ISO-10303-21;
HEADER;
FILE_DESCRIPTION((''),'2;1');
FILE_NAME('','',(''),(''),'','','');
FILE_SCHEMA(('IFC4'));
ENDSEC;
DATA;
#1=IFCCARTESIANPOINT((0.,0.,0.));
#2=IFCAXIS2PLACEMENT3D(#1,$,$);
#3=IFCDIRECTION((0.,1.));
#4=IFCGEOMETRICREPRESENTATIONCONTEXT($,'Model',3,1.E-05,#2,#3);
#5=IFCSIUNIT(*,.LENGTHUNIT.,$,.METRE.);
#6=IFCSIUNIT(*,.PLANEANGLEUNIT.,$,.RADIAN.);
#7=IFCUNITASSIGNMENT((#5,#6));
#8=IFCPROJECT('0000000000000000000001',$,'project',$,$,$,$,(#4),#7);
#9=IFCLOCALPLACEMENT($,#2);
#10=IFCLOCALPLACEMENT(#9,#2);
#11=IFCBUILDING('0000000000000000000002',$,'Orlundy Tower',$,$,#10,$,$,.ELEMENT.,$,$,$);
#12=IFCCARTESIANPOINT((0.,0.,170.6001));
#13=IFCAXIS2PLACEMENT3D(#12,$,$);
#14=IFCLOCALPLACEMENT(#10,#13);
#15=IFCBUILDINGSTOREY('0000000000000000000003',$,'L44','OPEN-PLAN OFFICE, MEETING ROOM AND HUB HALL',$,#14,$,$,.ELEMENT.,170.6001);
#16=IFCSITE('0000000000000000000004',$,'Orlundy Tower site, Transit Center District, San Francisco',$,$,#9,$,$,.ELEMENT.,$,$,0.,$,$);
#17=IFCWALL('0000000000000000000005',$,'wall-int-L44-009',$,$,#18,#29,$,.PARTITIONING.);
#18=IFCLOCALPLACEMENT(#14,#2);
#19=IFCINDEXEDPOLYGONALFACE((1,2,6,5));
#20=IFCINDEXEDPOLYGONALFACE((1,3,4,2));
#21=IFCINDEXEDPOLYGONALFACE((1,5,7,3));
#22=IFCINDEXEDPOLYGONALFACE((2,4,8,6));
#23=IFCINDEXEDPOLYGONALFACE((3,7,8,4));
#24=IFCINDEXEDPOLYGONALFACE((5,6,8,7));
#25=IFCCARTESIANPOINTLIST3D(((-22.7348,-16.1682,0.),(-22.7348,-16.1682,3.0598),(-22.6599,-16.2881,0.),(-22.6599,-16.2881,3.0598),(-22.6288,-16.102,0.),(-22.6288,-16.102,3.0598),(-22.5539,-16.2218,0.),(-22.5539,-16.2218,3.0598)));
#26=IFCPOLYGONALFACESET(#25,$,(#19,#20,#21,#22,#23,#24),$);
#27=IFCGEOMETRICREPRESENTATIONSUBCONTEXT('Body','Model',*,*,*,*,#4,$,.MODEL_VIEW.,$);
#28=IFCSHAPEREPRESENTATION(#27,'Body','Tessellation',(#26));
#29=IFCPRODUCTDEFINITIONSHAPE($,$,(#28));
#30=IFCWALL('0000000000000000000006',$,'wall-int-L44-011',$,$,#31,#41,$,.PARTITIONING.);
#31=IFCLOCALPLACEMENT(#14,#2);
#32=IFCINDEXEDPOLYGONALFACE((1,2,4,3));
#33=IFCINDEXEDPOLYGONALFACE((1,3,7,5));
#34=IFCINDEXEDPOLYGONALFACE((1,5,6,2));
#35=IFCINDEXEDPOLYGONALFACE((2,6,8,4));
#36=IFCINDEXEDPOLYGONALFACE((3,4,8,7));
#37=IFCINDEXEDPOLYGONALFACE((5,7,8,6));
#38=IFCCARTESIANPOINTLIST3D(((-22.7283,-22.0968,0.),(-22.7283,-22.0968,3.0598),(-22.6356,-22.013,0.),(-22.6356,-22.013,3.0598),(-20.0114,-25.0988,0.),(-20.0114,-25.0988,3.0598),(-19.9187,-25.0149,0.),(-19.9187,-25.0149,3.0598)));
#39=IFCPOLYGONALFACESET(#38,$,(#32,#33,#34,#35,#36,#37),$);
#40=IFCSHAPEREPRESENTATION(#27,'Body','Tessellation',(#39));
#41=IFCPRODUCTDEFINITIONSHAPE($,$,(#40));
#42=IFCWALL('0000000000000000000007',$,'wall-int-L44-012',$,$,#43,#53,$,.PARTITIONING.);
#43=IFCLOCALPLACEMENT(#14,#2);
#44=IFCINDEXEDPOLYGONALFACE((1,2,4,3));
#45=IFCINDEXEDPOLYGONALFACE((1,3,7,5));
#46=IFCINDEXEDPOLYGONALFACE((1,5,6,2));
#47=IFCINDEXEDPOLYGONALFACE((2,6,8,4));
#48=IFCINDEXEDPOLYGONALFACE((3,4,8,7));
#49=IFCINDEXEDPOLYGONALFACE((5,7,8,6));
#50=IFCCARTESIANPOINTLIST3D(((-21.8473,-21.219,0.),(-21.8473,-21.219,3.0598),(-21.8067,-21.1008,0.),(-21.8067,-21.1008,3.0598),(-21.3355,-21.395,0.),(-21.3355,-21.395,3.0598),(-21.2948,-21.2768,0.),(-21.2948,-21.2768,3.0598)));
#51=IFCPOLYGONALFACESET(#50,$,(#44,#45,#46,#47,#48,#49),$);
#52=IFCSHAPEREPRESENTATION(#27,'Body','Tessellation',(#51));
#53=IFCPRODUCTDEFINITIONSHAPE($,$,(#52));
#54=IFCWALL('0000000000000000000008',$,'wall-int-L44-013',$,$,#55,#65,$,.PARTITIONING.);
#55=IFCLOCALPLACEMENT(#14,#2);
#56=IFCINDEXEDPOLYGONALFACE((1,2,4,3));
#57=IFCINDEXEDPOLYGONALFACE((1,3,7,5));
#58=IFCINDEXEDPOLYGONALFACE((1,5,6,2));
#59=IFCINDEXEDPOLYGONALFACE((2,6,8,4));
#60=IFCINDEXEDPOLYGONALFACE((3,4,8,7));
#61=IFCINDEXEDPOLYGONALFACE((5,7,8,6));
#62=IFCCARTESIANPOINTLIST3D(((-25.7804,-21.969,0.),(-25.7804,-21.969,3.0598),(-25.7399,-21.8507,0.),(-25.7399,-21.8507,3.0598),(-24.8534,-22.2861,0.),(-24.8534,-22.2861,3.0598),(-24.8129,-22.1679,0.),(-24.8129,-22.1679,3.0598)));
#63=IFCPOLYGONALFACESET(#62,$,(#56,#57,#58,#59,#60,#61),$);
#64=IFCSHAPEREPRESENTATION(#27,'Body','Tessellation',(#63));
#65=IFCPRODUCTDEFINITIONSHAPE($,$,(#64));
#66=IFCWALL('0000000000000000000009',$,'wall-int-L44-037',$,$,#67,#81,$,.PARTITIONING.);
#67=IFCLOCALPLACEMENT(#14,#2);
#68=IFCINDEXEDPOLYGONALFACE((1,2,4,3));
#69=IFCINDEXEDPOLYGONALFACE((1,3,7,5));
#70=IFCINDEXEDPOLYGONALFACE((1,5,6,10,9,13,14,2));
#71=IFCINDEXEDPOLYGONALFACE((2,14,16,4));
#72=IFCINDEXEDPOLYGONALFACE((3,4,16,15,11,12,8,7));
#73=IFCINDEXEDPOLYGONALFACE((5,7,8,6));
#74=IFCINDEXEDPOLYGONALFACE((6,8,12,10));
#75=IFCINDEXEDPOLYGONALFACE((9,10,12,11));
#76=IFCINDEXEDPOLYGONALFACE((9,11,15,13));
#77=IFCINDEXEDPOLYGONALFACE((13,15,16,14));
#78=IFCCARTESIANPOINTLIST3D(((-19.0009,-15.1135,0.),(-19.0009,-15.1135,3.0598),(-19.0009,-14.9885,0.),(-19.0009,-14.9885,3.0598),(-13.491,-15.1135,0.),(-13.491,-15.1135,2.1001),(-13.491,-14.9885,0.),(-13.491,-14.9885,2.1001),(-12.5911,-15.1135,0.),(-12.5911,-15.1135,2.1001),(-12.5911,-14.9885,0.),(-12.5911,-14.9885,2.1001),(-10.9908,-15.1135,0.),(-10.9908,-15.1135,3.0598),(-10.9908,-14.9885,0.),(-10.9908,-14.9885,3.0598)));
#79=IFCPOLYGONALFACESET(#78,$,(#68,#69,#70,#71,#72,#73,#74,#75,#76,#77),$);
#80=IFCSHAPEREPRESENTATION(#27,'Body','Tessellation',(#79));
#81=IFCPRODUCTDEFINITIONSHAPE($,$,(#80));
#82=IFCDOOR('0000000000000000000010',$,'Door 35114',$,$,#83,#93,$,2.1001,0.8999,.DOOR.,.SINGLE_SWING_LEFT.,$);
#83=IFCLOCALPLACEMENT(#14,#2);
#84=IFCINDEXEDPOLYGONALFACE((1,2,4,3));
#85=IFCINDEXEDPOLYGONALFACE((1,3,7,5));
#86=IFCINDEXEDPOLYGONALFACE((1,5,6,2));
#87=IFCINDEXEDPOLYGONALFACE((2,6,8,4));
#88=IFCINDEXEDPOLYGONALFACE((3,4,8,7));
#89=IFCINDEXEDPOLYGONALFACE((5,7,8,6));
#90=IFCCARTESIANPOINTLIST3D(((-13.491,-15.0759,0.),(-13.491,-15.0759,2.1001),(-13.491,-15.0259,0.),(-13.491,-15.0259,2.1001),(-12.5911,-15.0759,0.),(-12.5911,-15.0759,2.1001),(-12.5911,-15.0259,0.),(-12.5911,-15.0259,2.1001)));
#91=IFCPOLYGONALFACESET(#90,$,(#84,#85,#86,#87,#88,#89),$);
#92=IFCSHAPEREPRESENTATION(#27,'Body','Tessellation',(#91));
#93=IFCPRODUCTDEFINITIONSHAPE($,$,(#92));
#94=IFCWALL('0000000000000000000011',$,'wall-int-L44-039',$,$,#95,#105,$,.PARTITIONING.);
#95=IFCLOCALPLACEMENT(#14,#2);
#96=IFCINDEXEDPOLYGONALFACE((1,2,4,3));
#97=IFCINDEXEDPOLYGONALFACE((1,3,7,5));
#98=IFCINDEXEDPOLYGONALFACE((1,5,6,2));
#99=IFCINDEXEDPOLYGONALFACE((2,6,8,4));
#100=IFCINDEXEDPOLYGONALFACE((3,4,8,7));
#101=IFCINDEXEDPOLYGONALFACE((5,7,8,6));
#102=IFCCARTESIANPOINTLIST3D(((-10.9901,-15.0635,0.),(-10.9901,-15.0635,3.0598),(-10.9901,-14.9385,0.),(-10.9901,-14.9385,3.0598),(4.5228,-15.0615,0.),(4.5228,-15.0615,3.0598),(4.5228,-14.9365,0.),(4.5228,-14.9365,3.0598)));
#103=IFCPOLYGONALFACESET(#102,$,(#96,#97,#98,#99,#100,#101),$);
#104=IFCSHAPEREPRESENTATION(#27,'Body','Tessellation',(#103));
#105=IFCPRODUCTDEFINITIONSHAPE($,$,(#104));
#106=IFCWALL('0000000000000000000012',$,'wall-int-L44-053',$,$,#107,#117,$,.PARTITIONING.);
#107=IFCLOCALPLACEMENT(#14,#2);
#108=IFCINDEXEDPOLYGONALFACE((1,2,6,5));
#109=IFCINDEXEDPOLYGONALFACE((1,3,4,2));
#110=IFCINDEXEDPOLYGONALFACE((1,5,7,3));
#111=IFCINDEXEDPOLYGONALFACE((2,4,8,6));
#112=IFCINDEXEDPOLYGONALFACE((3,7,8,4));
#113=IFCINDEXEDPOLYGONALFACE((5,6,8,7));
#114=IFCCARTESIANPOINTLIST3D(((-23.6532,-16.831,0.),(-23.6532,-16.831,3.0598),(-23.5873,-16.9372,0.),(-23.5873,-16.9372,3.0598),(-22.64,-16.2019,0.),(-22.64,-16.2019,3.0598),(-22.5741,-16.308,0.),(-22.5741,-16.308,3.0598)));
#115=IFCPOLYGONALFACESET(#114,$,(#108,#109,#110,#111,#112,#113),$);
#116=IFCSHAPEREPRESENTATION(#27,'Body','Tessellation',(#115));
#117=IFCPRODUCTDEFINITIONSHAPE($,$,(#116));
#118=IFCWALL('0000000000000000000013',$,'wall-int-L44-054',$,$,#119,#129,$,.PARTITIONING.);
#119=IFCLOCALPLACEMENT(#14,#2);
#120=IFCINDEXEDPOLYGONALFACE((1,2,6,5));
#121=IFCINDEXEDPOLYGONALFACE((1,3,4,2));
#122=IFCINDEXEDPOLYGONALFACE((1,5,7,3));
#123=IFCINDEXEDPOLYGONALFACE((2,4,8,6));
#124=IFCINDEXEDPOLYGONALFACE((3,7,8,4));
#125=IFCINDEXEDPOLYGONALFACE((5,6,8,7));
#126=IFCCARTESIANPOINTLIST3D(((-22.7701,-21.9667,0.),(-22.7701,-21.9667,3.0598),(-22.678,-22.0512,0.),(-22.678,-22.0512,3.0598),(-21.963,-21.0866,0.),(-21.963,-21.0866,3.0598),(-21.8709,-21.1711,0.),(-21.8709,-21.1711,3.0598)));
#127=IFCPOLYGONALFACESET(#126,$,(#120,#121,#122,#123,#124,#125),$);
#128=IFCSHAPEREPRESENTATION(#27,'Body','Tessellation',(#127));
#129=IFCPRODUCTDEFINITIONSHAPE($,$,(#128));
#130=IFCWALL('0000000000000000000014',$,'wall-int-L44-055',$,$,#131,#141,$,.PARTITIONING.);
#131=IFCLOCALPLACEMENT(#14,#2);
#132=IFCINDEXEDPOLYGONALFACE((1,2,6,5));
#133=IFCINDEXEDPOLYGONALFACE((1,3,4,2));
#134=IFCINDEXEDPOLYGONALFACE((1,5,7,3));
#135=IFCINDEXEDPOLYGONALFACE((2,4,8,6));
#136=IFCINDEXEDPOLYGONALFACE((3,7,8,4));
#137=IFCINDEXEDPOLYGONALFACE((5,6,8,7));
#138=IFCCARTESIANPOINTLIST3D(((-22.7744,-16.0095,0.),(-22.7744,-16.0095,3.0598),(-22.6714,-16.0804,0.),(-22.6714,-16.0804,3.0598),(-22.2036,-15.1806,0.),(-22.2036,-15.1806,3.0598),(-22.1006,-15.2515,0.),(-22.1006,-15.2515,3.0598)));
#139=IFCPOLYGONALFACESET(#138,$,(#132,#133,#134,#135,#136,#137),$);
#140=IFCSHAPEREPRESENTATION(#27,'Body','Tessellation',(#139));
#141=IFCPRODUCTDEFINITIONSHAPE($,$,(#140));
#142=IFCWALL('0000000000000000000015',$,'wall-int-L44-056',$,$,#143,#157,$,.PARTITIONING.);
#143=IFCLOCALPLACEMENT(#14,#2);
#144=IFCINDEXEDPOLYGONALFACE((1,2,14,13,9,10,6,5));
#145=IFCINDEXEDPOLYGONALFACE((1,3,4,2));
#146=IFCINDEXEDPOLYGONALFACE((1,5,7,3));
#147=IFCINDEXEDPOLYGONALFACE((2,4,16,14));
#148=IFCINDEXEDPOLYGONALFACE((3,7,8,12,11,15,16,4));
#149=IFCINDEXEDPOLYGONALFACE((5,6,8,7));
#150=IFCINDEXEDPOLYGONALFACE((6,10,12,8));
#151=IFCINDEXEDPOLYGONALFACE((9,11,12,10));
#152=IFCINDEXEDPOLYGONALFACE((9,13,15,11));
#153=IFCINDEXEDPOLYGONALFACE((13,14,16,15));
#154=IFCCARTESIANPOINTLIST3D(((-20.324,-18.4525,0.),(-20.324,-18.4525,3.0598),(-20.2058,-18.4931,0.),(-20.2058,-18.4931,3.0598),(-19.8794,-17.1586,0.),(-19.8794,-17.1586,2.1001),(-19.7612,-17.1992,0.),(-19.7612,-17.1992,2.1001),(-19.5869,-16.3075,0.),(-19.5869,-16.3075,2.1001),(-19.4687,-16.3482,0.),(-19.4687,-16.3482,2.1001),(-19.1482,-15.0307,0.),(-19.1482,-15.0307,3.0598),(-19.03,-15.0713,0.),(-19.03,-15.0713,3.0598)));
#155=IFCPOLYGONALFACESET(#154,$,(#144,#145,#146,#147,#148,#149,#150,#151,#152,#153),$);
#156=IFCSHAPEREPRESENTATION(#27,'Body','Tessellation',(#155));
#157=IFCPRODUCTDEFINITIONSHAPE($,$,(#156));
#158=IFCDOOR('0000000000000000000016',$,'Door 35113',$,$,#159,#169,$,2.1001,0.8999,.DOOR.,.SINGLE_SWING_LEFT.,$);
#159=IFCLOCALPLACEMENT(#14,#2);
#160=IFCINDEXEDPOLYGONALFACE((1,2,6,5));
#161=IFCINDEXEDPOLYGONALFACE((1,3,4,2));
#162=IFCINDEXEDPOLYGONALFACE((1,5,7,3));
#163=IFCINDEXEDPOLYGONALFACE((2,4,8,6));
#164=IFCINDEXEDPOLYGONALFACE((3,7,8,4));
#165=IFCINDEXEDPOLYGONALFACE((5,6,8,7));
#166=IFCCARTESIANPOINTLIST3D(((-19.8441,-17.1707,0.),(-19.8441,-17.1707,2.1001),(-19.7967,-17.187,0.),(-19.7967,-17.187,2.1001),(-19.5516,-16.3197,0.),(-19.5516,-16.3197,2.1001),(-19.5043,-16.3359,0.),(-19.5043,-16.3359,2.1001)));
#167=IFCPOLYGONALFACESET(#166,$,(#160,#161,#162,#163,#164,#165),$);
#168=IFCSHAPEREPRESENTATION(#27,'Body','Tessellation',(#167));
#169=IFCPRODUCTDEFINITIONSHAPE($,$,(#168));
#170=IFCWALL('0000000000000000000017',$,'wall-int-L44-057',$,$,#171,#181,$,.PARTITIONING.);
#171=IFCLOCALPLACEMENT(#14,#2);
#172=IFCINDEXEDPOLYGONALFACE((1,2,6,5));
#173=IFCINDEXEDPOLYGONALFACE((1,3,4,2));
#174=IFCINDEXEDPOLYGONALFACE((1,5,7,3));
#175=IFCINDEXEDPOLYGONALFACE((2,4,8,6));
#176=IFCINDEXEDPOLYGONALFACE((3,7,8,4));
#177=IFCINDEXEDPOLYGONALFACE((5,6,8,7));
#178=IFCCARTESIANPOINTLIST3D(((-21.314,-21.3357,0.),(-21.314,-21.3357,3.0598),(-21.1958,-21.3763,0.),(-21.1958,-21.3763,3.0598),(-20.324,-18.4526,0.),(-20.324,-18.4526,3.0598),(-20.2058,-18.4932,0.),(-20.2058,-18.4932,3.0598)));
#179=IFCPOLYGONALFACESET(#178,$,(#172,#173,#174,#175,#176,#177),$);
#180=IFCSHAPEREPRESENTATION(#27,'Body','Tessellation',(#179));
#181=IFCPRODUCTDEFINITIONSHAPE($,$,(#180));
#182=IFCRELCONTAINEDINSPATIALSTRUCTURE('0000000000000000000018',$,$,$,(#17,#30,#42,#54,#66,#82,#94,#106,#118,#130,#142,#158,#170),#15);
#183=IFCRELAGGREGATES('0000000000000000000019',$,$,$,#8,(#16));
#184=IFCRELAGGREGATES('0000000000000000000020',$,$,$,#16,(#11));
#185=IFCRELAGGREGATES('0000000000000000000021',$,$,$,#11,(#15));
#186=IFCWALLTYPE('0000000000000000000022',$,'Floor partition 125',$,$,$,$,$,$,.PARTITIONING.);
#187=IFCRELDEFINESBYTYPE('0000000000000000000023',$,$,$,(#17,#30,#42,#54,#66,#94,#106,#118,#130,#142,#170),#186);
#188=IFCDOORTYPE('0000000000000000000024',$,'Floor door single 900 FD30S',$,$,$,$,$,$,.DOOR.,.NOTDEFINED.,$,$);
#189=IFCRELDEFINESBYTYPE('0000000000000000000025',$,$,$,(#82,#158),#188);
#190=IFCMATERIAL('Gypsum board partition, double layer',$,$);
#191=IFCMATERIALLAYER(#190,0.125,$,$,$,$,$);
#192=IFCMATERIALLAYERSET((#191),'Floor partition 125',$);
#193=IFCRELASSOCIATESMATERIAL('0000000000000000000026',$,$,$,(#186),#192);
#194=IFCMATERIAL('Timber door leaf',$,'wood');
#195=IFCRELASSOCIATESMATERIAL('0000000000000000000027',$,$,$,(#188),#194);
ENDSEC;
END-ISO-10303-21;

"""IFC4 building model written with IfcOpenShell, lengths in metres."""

from ifc_helpers import new_model, si_unit, direction, frame, frame_2d, origin, place, context, subcontext, project, spatial, rectangle, extrude, material, layer, layer_set, type_object, element, fill, save


model = new_model("IFC4")

# Units and contexts
model_context = context("Model", 3, precision=1e-05, world=origin(), true_north=direction((0.0, 1.0)))
body_context = subcontext(model_context, "Body", "Model", "MODEL_VIEW")
ifc_project = project(units=[si_unit("LENGTHUNIT", "METRE"), si_unit("PLANEANGLEUNIT", "RADIAN")], contexts=[model_context])

# Site, building, storey
site_placement = place(None, origin())
site = spatial("IfcSite", under=ifc_project, at=site_placement, Name="Orlundy Tower site, Transit Center District, San Francisco", CompositionType="ELEMENT", RefElevation=0.0)
building_placement = place(site_placement, origin())
building = spatial("IfcBuilding", under=site, at=building_placement, Name="Orlundy Tower", CompositionType="ELEMENT")
storey_placement = place(building_placement, frame((0.0, 0.0, 170.6001)))
storey = spatial("IfcBuildingStorey", under=building, at=storey_placement, Name="L44", Description="OPEN-PLAN OFFICE, MEETING ROOM AND HUB HALL", CompositionType="ELEMENT", Elevation=170.6001)

# Walls
ifc_material_1 = material(Name="Gypsum board partition, double layer")
ifc_layer_1 = layer(ifc_material_1, 0.125)
ifc_layer_set_1 = layer_set([ifc_layer_1], Name="Floor partition 125")
wall_type_1 = type_object("IfcWallType", Name="Floor partition 125", PredefinedType="PARTITIONING", material=ifc_layer_set_1)
wall_1_placement = place(storey_placement, frame((-22.6819, -16.135, 0.0), z_axis=(0.0, 0.0, 1.0), x_axis=(0.530154, -0.847901, 0.0)))
element("IfcWall", 1, at=wall_1_placement, inside=storey, type_object=wall_type_1, Name="wall-int-L44-009", PredefinedType="PARTITIONING", context=body_context, shape_type="SweptSolid", body=[
    extrude(rectangle(XDim=0.1414, YDim=0.125, at=frame_2d((0.0708, 0.0))), origin(), (0.0, 0.0, 1.0), 3.0598),
])
wall_2_placement = place(storey_placement, frame((-19.9651, -25.0569, 0.0), z_axis=(0.0, 0.0, 1.0), x_axis=(-0.671014, 0.741444, 0.0)))
element("IfcWall", 2, at=wall_2_placement, inside=storey, type_object=wall_type_1, Name="wall-int-L44-011", PredefinedType="PARTITIONING", context=body_context, shape_type="SweptSolid", body=[
    extrude(rectangle(XDim=4.0488, YDim=0.125, at=frame_2d((2.0244, 0.0))), origin(), (0.0, 0.0, 1.0), 3.0598),
])
wall_3_placement = place(storey_placement, frame((-21.8269, -21.1599, 0.0), z_axis=(0.0, 0.0, 1.0), x_axis=(0.945665, -0.325143, 0.0)))
element("IfcWall", 3, at=wall_3_placement, inside=storey, type_object=wall_type_1, Name="wall-int-L44-012", PredefinedType="PARTITIONING", context=body_context, shape_type="SweptSolid", body=[
    extrude(rectangle(XDim=0.5413, YDim=0.125, at=frame_2d((0.2705, 0.0))), origin(), (0.0, 0.0, 1.0), 3.0598),
])
wall_4_placement = place(storey_placement, frame((-25.76, -21.9099, 0.0), z_axis=(0.0, 0.0, 1.0), x_axis=(0.946162, -0.323694, 0.0)))
element("IfcWall", 4, at=wall_4_placement, inside=storey, type_object=wall_type_1, Name="wall-int-L44-013", PredefinedType="PARTITIONING", context=body_context, shape_type="SweptSolid", body=[
    extrude(rectangle(XDim=0.9797, YDim=0.125, at=frame_2d((0.4897, 0.0))), origin(), (0.0, 0.0, 1.0), 3.0598),
])

# Wall, opening, door
wall_5_placement = place(storey_placement, frame((-10.991, -15.051, 0.0), z_axis=(0.0, 0.0, 1.0), x_axis=(-1.0, 0.0, 0.0)))
wall_5 = element("IfcWall", 5, at=wall_5_placement, inside=storey, type_object=wall_type_1, Name="wall-int-L44-037", PredefinedType="PARTITIONING", context=body_context, shape_type="SweptSolid", body=[
    extrude(rectangle(XDim=8.01, YDim=0.125, at=frame_2d((4.0049, 0.0))), origin(), (0.0, 0.0, 1.0), 3.0598),
])
opening_1_placement = place(wall_5_placement, frame((1.6001, 0.0, 0.0)))
opening_1 = element("IfcOpeningElement", 6, at=opening_1_placement, cuts=wall_5, PredefinedType="OPENING", context=body_context, shape_type="SweptSolid", body=[
    extrude(rectangle(XDim=0.8999, YDim=2.1001, at=frame_2d((0.45, 1.05))), frame((0.0, 0.0725, 0.0), z_axis=(0.0, -1.0, 0.0), x_axis=(1.0, 0.0, 0.0)), (0.0, 0.0, 1.0), 0.145),
])
ifc_material_2 = material(Name="Timber door leaf", Category="wood")
door_type_1 = type_object("IfcDoorType", Name="Floor door single 900 FD30S", OperationType="NOTDEFINED", PredefinedType="DOOR", material=ifc_material_2)
door_1_placement = place(opening_1_placement, origin())
door_1 = element("IfcDoor", 7, at=door_1_placement, inside=storey, type_object=door_type_1, Name="Door 35114", OperationType="SINGLE_SWING_LEFT", OverallHeight=2.1001, OverallWidth=0.8999, PredefinedType="DOOR", context=body_context, shape_type="SweptSolid", body=[
    extrude(rectangle(XDim=0.8999, YDim=2.1001, at=frame_2d((0.45, 1.05))), frame((0.0, 0.0249, 0.0), z_axis=(0.0, -1.0, 0.0), x_axis=(1.0, 0.0, 0.0)), (0.0, 0.0, 1.0), 0.05),
])
fill(opening_1, door_1)

# Walls
wall_6_placement = place(storey_placement, frame((-10.99, -15.001, 0.0), z_axis=(0.0, 0.0, 1.0), x_axis=(1.0, 0.000126, 0.0)))
element("IfcWall", 8, at=wall_6_placement, inside=storey, type_object=wall_type_1, Name="wall-int-L44-039", PredefinedType="PARTITIONING", context=body_context, shape_type="SweptSolid", body=[
    extrude(rectangle(XDim=15.5129, YDim=0.125, at=frame_2d((7.7563, 0.0))), origin(), (0.0, 0.0, 1.0), 3.0598),
])
wall_7_placement = place(storey_placement, frame((-23.6201, -16.884, 0.0), z_axis=(0.0, 0.0, 1.0), x_axis=(0.849536, 0.527531, 0.0)))
element("IfcWall", 9, at=wall_7_placement, inside=storey, type_object=wall_type_1, Name="wall-int-L44-053", PredefinedType="PARTITIONING", context=body_context, shape_type="SweptSolid", body=[
    extrude(rectangle(XDim=1.1926, YDim=0.125, at=frame_2d((0.5962, 0.0))), origin(), (0.0, 0.0, 1.0), 3.0598),
])
wall_8_placement = place(storey_placement, frame((-22.7241, -22.009, 0.0), z_axis=(0.0, 0.0, 1.0), x_axis=(0.675882, 0.73701, 0.0)))
element("IfcWall", 10, at=wall_8_placement, inside=storey, type_object=wall_type_1, Name="wall-int-L44-054", PredefinedType="PARTITIONING", context=body_context, shape_type="SweptSolid", body=[
    extrude(rectangle(XDim=1.1941, YDim=0.125, at=frame_2d((0.5972, 0.0))), origin(), (0.0, 0.0, 1.0), 3.0598),
])
wall_9_placement = place(storey_placement, frame((-22.7229, -16.0449, 0.0), z_axis=(0.0, 0.0, 1.0), x_axis=(0.567177, 0.823596, 0.0)))
element("IfcWall", 11, at=wall_9_placement, inside=storey, type_object=wall_type_1, Name="wall-int-L44-055", PredefinedType="PARTITIONING", context=body_context, shape_type="SweptSolid", body=[
    extrude(rectangle(XDim=1.0063, YDim=0.125, at=frame_2d((0.5032, 0.0))), origin(), (0.0, 0.0, 1.0), 3.0598),
])

# Wall, opening, door
wall_10_placement = place(storey_placement, frame((-19.0891, -15.051, 0.0), z_axis=(0.0, 0.0, 1.0), x_axis=(-0.324959, -0.945728, 0.0)))
wall_10 = element("IfcWall", 12, at=wall_10_placement, inside=storey, type_object=wall_type_1, Name="wall-int-L44-056", PredefinedType="PARTITIONING", context=body_context, shape_type="SweptSolid", body=[
    extrude(rectangle(XDim=3.6182, YDim=0.125, at=frame_2d((1.8091, 0.0))), origin(), (0.0, 0.0, 1.0), 3.0598),
])
opening_2_placement = place(wall_10_placement, frame((1.3501, 0.0, 0.0)))
opening_2 = element("IfcOpeningElement", 13, at=opening_2_placement, cuts=wall_10, PredefinedType="OPENING", context=body_context, shape_type="SweptSolid", body=[
    extrude(rectangle(XDim=0.8999, YDim=2.1001, at=frame_2d((0.45, 1.05))), frame((0.0, 0.0725, 0.0), z_axis=(0.0, -1.0, 0.0), x_axis=(1.0, 0.0, 0.0)), (0.0, 0.0, 1.0), 0.145),
])
door_2_placement = place(opening_2_placement, origin())
door_2 = element("IfcDoor", 14, at=door_2_placement, inside=storey, type_object=door_type_1, Name="Door 35113", OperationType="SINGLE_SWING_LEFT", OverallHeight=2.1001, OverallWidth=0.8999, PredefinedType="DOOR", context=body_context, shape_type="SweptSolid", body=[
    extrude(rectangle(XDim=0.8999, YDim=2.1001, at=frame_2d((0.45, 1.05))), frame((0.0, 0.0249, 0.0), z_axis=(0.0, -1.0, 0.0), x_axis=(1.0, 0.0, 0.0)), (0.0, 0.0, 1.0), 0.05),
])
fill(opening_2, door_2)

# Wall
wall_11_placement = place(storey_placement, frame((-21.2549, -21.356, 0.0), z_axis=(0.0, 0.0, 1.0), x_axis=(0.324769, 0.945793, 0.0)))
element("IfcWall", 15, at=wall_11_placement, inside=storey, type_object=wall_type_1, Name="wall-int-L44-057", PredefinedType="PARTITIONING", context=body_context, shape_type="SweptSolid", body=[
    extrude(rectangle(XDim=3.0483, YDim=0.125, at=frame_2d((1.5242, 0.0))), origin(), (0.0, 0.0, 1.0), 3.0598),
])

save(model, "model.ifc")
